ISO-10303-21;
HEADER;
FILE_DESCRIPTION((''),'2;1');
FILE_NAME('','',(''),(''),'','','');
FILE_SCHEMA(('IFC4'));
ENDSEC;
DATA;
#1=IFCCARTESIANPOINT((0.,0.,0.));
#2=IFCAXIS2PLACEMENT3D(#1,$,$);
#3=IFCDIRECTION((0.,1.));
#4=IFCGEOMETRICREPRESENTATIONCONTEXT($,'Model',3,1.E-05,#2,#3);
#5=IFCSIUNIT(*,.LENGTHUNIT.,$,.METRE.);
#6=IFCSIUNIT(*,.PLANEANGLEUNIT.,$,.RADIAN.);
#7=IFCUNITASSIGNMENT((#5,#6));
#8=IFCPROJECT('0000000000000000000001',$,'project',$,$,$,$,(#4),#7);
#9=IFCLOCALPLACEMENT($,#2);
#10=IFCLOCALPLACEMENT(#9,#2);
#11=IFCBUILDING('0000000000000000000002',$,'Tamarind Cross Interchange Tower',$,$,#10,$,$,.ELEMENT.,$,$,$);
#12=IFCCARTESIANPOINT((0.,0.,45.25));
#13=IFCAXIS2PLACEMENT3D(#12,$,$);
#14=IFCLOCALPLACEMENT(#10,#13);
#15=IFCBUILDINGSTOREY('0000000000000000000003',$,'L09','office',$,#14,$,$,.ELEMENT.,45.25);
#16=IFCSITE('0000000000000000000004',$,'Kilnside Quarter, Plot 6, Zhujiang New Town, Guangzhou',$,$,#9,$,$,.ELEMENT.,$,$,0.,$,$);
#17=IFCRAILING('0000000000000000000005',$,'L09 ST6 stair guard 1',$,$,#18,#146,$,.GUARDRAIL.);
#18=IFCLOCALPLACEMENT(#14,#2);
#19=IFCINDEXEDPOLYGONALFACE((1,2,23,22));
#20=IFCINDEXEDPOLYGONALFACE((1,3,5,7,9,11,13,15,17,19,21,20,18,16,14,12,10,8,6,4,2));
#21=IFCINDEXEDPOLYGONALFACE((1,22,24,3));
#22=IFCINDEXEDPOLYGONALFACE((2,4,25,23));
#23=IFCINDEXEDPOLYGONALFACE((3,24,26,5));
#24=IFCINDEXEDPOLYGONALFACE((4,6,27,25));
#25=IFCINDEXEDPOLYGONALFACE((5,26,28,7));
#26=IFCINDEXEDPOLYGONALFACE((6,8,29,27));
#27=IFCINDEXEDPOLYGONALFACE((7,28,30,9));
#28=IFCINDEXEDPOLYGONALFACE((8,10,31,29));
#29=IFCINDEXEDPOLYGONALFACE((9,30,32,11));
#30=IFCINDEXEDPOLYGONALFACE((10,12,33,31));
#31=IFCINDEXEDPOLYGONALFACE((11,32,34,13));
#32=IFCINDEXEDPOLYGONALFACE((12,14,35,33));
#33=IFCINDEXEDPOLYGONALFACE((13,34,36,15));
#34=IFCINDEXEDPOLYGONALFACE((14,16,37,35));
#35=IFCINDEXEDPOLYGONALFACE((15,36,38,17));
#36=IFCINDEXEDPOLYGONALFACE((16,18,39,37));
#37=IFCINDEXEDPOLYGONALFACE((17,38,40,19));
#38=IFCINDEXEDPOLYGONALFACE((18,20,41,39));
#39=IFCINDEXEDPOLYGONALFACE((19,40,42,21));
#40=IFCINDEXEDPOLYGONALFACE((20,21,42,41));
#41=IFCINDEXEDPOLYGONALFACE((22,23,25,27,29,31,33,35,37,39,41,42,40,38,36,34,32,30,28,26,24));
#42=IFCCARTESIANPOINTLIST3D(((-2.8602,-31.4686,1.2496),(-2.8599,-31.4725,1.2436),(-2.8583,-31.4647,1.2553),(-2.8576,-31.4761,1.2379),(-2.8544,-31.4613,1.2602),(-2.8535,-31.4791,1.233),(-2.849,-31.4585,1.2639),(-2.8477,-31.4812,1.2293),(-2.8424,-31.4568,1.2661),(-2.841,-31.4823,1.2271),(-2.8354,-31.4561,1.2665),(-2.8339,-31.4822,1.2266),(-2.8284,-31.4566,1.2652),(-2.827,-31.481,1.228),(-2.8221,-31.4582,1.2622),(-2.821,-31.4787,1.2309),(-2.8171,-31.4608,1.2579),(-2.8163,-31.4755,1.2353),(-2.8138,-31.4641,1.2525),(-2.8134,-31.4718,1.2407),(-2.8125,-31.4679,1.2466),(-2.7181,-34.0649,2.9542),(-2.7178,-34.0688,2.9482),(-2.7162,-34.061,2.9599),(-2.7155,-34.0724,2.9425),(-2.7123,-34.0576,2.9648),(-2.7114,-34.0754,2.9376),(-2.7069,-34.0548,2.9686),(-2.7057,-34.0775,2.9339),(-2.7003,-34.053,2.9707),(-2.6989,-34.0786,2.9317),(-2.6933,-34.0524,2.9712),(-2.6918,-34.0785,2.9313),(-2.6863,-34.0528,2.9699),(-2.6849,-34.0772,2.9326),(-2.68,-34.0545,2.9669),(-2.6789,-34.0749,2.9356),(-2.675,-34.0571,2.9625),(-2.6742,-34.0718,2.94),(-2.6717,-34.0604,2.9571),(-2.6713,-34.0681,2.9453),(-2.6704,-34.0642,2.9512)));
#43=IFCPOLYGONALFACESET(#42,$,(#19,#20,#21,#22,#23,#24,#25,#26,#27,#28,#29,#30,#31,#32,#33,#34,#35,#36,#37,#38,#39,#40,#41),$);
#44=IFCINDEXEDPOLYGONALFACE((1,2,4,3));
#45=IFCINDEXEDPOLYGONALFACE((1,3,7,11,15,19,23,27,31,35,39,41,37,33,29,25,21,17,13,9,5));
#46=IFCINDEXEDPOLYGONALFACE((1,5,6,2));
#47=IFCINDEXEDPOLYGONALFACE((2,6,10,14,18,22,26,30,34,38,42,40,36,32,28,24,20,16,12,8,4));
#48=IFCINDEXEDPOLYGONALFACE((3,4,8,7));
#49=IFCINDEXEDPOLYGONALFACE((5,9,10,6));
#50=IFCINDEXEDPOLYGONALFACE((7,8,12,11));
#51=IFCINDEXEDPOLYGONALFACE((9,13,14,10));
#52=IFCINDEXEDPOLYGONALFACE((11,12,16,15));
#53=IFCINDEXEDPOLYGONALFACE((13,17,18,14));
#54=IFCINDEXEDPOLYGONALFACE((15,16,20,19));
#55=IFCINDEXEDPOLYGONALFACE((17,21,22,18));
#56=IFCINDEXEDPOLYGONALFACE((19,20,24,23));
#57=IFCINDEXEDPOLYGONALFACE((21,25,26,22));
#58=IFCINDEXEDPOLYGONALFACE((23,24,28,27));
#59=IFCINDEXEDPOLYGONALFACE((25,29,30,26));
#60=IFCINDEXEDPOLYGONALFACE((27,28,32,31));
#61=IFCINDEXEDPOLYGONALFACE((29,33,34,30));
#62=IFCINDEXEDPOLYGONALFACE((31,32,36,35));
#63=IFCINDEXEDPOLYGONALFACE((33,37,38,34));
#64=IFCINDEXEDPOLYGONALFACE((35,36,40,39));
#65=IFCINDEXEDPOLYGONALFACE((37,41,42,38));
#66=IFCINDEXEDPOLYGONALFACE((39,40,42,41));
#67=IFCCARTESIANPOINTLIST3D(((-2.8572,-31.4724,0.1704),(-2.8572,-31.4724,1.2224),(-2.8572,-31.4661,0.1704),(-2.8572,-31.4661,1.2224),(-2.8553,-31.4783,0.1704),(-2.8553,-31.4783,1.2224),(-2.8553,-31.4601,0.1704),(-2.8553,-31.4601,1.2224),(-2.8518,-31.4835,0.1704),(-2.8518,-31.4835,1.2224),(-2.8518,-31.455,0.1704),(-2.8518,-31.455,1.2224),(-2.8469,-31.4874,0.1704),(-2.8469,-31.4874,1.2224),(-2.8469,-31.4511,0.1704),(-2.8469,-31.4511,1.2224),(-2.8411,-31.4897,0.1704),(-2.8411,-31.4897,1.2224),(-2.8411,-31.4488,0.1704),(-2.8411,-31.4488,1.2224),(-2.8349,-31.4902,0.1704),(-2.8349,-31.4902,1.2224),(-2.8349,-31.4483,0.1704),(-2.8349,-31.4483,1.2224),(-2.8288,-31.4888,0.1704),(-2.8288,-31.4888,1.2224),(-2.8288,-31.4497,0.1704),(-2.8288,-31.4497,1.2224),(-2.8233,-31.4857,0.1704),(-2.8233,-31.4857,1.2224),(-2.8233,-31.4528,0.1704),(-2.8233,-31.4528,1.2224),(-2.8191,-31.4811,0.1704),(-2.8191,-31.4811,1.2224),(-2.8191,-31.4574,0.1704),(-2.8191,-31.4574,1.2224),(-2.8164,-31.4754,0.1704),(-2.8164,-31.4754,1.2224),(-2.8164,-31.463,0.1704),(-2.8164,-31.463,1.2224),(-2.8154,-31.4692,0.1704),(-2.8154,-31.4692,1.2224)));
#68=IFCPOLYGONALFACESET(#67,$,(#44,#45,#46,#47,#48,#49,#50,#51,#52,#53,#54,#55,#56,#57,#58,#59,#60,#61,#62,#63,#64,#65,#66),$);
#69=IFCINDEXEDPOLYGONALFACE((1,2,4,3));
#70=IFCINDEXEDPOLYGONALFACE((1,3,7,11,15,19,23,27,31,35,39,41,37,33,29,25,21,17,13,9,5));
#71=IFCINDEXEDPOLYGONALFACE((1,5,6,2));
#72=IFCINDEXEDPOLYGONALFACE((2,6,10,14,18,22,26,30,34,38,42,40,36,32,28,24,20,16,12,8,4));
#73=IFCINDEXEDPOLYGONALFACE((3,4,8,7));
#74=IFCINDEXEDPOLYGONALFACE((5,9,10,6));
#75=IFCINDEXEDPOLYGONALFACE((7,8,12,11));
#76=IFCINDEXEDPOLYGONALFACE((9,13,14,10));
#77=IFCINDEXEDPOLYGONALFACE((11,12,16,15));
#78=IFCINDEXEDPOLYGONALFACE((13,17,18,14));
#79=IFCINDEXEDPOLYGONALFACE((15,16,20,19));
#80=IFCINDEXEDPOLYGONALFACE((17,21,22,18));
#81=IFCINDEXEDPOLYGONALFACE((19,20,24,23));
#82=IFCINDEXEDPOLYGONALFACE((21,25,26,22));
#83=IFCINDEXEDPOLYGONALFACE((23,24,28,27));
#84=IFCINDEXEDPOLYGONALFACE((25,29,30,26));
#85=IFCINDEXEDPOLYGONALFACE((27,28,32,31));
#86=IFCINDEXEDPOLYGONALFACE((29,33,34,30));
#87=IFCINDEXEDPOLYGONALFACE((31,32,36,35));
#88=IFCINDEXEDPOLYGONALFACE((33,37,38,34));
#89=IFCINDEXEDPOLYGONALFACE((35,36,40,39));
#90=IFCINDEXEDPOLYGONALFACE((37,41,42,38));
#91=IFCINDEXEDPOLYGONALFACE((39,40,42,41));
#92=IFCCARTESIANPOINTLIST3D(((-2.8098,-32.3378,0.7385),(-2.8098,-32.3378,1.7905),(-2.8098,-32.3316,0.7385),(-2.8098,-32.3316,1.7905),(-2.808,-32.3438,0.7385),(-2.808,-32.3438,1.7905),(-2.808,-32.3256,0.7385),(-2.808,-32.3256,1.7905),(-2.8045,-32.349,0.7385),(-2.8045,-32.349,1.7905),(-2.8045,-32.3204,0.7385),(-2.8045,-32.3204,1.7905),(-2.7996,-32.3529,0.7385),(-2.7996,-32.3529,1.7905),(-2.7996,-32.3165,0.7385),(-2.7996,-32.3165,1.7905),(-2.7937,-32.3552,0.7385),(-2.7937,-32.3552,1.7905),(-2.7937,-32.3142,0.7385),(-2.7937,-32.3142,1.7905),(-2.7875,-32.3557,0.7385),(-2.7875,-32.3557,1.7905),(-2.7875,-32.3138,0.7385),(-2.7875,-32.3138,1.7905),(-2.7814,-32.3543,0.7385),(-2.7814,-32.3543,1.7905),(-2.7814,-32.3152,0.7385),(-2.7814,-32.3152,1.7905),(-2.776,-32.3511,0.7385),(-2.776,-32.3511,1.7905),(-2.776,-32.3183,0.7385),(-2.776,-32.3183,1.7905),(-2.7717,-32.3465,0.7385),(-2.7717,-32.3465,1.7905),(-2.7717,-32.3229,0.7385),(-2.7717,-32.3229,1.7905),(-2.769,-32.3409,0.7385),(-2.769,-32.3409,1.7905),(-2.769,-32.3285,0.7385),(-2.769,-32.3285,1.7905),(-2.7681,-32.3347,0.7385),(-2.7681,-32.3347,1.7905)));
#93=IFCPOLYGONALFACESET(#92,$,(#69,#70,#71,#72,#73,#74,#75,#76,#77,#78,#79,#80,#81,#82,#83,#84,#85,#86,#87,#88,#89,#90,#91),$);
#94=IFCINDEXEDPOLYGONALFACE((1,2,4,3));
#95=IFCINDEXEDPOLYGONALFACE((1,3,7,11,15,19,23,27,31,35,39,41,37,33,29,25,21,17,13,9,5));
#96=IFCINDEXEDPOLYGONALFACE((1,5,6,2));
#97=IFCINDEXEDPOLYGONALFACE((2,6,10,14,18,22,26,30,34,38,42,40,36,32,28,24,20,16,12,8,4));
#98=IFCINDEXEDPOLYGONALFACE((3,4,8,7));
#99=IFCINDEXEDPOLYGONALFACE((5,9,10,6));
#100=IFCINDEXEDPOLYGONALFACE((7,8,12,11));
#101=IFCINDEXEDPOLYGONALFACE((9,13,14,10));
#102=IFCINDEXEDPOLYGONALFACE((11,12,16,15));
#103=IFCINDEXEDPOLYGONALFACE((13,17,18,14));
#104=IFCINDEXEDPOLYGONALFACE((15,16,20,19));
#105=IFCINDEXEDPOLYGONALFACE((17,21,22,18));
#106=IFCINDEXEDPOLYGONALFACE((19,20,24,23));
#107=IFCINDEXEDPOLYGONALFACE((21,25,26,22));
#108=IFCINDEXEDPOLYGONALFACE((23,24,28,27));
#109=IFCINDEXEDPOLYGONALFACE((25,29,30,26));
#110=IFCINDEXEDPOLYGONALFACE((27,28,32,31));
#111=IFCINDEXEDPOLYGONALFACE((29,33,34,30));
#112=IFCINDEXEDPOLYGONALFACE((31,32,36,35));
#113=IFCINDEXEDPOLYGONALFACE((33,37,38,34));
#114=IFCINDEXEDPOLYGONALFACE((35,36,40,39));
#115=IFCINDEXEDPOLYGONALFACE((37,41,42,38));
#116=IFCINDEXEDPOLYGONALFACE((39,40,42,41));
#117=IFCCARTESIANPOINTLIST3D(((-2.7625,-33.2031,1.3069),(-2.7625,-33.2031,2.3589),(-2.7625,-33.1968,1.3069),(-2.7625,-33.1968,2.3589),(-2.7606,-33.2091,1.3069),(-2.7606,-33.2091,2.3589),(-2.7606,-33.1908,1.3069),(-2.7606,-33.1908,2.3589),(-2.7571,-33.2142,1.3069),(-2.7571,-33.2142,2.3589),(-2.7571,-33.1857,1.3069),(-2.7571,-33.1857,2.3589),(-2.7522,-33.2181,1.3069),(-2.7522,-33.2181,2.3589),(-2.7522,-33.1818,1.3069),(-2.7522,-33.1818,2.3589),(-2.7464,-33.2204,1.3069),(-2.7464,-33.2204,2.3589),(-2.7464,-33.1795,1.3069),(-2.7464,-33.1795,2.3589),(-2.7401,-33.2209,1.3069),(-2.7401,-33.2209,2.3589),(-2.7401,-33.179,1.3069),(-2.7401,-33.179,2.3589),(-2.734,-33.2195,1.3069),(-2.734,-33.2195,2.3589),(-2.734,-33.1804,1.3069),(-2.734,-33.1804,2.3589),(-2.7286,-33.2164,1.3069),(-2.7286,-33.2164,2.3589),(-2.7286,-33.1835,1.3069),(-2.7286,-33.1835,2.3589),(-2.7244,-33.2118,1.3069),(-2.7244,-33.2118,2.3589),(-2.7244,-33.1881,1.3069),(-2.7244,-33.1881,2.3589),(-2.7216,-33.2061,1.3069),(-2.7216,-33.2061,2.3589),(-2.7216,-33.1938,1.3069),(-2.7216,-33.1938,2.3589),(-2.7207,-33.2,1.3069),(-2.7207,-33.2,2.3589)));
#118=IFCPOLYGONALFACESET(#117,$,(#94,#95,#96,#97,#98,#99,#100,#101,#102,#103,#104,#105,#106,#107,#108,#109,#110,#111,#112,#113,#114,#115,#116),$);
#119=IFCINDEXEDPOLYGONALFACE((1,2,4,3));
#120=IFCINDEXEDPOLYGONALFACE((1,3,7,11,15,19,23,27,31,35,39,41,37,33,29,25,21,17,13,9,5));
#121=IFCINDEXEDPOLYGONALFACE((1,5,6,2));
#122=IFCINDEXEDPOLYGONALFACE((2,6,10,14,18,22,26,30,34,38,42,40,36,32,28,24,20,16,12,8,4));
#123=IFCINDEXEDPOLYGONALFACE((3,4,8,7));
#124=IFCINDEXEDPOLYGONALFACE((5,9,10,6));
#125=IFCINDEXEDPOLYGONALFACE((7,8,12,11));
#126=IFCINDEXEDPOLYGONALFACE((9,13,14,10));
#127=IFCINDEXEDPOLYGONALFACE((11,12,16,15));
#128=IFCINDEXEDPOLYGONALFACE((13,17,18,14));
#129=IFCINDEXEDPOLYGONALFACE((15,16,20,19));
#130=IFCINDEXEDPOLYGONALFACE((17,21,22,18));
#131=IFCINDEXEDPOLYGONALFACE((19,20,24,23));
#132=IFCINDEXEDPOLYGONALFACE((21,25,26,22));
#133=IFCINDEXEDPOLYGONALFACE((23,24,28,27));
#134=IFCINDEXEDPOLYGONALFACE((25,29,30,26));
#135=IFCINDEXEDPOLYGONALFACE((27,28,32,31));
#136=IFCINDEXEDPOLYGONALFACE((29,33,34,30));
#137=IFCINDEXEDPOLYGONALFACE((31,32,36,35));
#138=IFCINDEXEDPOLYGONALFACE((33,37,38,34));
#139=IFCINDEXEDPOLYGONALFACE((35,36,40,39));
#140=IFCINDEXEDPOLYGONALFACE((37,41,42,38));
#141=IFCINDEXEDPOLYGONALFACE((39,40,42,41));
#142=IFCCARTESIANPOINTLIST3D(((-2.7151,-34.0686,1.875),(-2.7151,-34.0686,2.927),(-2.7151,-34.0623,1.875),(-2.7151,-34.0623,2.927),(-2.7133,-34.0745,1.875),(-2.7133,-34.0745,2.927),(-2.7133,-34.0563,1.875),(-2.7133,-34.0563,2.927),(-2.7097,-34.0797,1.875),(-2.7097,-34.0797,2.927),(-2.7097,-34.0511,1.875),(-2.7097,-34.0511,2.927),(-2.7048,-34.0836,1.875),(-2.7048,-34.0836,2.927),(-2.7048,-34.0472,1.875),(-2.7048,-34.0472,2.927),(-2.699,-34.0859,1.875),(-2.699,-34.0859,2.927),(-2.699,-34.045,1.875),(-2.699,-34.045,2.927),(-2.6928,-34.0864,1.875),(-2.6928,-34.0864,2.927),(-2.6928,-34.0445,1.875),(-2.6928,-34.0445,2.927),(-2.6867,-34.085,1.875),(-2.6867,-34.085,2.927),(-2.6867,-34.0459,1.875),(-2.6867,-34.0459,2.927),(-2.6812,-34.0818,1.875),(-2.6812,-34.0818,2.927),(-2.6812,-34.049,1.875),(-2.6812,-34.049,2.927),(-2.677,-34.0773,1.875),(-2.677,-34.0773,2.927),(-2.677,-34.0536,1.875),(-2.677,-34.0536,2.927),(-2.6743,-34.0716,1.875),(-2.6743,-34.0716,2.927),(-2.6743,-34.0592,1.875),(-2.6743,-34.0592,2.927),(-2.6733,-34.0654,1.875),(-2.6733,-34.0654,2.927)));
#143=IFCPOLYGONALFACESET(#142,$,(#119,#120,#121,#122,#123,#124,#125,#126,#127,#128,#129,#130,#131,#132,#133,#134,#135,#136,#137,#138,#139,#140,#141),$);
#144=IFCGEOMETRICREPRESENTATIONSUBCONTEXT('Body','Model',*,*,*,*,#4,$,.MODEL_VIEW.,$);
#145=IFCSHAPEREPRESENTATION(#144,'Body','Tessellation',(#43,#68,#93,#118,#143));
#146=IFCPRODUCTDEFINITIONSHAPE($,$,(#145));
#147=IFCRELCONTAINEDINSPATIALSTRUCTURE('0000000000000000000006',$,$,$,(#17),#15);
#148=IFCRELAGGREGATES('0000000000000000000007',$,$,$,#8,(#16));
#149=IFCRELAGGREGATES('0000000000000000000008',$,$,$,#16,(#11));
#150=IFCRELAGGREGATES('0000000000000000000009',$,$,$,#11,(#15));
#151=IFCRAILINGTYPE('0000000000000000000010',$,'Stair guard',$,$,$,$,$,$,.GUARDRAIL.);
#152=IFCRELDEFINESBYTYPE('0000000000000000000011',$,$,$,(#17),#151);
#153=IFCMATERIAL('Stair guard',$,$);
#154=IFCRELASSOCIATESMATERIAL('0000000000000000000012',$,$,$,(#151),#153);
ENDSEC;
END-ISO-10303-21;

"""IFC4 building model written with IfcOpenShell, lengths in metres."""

from ifc_helpers import new_model, si_unit, direction, frame, origin, origin_2d, place, context, subcontext, project, spatial, circle, extrude, material, type_object, element, save


model = new_model("IFC4")

# Units and contexts
model_context = context("Model", 3, precision=1e-05, world=origin(), true_north=direction((0.0, 1.0)))
body_context = subcontext(model_context, "Body", "Model", "MODEL_VIEW")
ifc_project = project(units=[si_unit("LENGTHUNIT", "METRE"), si_unit("PLANEANGLEUNIT", "RADIAN")], contexts=[model_context])

# Site, building, storey
site_placement = place(None, origin())
site = spatial("IfcSite", under=ifc_project, at=site_placement, Name="Kilnside Quarter, Plot 6, Zhujiang New Town, Guangzhou", CompositionType="ELEMENT", RefElevation=0.0)
building_placement = place(site_placement, origin())
building = spatial("IfcBuilding", under=site, at=building_placement, Name="Tamarind Cross Interchange Tower", CompositionType="ELEMENT")
storey_placement = place(building_placement, frame((0.0, 0.0, 45.25)))
storey = spatial("IfcBuildingStorey", under=building, at=storey_placement, Name="L09", Description="office", CompositionType="ELEMENT", Elevation=45.25)

# Railing
ifc_material_1 = material(Name="Stair guard")
railing_type_1 = type_object("IfcRailingType", Name="Stair guard", PredefinedType="GUARDRAIL", material=ifc_material_1)
railing_1_placement = place(storey_placement, frame((-2.8364, -31.4692, 0.1704)))
element("IfcRailing", 1, at=railing_1_placement, inside=storey, type_object=railing_type_1, Name="L09 ST6 stair guard 1", PredefinedType="GUARDRAIL", context=body_context, shape_type="SweptSolid", body=[
    extrude(circle(Radius=0.0239, at=origin_2d()), frame((0.0, 0.0, 1.0762), z_axis=(0.045702, -0.83505, 0.548272), x_axis=(0.998506, 0.054648, 0.0)), (0.0, 0.0, 1.0), 3.1091),
    extrude(circle(Radius=0.021, at=origin_2d()), origin(), (0.0, 0.0, 1.0), 1.052),
    extrude(circle(Radius=0.021, at=origin_2d()), frame((0.0474, -0.8655, 0.5681)), (0.0, 0.0, 1.0), 1.052),
    extrude(circle(Radius=0.021, at=origin_2d()), frame((0.0947, -1.7307, 1.1365)), (0.0, 0.0, 1.0), 1.052),
    extrude(circle(Radius=0.021, at=origin_2d()), frame((0.1421, -2.5962, 1.7046)), (0.0, 0.0, 1.0), 1.052),
])

save(model, "model.ifc")
